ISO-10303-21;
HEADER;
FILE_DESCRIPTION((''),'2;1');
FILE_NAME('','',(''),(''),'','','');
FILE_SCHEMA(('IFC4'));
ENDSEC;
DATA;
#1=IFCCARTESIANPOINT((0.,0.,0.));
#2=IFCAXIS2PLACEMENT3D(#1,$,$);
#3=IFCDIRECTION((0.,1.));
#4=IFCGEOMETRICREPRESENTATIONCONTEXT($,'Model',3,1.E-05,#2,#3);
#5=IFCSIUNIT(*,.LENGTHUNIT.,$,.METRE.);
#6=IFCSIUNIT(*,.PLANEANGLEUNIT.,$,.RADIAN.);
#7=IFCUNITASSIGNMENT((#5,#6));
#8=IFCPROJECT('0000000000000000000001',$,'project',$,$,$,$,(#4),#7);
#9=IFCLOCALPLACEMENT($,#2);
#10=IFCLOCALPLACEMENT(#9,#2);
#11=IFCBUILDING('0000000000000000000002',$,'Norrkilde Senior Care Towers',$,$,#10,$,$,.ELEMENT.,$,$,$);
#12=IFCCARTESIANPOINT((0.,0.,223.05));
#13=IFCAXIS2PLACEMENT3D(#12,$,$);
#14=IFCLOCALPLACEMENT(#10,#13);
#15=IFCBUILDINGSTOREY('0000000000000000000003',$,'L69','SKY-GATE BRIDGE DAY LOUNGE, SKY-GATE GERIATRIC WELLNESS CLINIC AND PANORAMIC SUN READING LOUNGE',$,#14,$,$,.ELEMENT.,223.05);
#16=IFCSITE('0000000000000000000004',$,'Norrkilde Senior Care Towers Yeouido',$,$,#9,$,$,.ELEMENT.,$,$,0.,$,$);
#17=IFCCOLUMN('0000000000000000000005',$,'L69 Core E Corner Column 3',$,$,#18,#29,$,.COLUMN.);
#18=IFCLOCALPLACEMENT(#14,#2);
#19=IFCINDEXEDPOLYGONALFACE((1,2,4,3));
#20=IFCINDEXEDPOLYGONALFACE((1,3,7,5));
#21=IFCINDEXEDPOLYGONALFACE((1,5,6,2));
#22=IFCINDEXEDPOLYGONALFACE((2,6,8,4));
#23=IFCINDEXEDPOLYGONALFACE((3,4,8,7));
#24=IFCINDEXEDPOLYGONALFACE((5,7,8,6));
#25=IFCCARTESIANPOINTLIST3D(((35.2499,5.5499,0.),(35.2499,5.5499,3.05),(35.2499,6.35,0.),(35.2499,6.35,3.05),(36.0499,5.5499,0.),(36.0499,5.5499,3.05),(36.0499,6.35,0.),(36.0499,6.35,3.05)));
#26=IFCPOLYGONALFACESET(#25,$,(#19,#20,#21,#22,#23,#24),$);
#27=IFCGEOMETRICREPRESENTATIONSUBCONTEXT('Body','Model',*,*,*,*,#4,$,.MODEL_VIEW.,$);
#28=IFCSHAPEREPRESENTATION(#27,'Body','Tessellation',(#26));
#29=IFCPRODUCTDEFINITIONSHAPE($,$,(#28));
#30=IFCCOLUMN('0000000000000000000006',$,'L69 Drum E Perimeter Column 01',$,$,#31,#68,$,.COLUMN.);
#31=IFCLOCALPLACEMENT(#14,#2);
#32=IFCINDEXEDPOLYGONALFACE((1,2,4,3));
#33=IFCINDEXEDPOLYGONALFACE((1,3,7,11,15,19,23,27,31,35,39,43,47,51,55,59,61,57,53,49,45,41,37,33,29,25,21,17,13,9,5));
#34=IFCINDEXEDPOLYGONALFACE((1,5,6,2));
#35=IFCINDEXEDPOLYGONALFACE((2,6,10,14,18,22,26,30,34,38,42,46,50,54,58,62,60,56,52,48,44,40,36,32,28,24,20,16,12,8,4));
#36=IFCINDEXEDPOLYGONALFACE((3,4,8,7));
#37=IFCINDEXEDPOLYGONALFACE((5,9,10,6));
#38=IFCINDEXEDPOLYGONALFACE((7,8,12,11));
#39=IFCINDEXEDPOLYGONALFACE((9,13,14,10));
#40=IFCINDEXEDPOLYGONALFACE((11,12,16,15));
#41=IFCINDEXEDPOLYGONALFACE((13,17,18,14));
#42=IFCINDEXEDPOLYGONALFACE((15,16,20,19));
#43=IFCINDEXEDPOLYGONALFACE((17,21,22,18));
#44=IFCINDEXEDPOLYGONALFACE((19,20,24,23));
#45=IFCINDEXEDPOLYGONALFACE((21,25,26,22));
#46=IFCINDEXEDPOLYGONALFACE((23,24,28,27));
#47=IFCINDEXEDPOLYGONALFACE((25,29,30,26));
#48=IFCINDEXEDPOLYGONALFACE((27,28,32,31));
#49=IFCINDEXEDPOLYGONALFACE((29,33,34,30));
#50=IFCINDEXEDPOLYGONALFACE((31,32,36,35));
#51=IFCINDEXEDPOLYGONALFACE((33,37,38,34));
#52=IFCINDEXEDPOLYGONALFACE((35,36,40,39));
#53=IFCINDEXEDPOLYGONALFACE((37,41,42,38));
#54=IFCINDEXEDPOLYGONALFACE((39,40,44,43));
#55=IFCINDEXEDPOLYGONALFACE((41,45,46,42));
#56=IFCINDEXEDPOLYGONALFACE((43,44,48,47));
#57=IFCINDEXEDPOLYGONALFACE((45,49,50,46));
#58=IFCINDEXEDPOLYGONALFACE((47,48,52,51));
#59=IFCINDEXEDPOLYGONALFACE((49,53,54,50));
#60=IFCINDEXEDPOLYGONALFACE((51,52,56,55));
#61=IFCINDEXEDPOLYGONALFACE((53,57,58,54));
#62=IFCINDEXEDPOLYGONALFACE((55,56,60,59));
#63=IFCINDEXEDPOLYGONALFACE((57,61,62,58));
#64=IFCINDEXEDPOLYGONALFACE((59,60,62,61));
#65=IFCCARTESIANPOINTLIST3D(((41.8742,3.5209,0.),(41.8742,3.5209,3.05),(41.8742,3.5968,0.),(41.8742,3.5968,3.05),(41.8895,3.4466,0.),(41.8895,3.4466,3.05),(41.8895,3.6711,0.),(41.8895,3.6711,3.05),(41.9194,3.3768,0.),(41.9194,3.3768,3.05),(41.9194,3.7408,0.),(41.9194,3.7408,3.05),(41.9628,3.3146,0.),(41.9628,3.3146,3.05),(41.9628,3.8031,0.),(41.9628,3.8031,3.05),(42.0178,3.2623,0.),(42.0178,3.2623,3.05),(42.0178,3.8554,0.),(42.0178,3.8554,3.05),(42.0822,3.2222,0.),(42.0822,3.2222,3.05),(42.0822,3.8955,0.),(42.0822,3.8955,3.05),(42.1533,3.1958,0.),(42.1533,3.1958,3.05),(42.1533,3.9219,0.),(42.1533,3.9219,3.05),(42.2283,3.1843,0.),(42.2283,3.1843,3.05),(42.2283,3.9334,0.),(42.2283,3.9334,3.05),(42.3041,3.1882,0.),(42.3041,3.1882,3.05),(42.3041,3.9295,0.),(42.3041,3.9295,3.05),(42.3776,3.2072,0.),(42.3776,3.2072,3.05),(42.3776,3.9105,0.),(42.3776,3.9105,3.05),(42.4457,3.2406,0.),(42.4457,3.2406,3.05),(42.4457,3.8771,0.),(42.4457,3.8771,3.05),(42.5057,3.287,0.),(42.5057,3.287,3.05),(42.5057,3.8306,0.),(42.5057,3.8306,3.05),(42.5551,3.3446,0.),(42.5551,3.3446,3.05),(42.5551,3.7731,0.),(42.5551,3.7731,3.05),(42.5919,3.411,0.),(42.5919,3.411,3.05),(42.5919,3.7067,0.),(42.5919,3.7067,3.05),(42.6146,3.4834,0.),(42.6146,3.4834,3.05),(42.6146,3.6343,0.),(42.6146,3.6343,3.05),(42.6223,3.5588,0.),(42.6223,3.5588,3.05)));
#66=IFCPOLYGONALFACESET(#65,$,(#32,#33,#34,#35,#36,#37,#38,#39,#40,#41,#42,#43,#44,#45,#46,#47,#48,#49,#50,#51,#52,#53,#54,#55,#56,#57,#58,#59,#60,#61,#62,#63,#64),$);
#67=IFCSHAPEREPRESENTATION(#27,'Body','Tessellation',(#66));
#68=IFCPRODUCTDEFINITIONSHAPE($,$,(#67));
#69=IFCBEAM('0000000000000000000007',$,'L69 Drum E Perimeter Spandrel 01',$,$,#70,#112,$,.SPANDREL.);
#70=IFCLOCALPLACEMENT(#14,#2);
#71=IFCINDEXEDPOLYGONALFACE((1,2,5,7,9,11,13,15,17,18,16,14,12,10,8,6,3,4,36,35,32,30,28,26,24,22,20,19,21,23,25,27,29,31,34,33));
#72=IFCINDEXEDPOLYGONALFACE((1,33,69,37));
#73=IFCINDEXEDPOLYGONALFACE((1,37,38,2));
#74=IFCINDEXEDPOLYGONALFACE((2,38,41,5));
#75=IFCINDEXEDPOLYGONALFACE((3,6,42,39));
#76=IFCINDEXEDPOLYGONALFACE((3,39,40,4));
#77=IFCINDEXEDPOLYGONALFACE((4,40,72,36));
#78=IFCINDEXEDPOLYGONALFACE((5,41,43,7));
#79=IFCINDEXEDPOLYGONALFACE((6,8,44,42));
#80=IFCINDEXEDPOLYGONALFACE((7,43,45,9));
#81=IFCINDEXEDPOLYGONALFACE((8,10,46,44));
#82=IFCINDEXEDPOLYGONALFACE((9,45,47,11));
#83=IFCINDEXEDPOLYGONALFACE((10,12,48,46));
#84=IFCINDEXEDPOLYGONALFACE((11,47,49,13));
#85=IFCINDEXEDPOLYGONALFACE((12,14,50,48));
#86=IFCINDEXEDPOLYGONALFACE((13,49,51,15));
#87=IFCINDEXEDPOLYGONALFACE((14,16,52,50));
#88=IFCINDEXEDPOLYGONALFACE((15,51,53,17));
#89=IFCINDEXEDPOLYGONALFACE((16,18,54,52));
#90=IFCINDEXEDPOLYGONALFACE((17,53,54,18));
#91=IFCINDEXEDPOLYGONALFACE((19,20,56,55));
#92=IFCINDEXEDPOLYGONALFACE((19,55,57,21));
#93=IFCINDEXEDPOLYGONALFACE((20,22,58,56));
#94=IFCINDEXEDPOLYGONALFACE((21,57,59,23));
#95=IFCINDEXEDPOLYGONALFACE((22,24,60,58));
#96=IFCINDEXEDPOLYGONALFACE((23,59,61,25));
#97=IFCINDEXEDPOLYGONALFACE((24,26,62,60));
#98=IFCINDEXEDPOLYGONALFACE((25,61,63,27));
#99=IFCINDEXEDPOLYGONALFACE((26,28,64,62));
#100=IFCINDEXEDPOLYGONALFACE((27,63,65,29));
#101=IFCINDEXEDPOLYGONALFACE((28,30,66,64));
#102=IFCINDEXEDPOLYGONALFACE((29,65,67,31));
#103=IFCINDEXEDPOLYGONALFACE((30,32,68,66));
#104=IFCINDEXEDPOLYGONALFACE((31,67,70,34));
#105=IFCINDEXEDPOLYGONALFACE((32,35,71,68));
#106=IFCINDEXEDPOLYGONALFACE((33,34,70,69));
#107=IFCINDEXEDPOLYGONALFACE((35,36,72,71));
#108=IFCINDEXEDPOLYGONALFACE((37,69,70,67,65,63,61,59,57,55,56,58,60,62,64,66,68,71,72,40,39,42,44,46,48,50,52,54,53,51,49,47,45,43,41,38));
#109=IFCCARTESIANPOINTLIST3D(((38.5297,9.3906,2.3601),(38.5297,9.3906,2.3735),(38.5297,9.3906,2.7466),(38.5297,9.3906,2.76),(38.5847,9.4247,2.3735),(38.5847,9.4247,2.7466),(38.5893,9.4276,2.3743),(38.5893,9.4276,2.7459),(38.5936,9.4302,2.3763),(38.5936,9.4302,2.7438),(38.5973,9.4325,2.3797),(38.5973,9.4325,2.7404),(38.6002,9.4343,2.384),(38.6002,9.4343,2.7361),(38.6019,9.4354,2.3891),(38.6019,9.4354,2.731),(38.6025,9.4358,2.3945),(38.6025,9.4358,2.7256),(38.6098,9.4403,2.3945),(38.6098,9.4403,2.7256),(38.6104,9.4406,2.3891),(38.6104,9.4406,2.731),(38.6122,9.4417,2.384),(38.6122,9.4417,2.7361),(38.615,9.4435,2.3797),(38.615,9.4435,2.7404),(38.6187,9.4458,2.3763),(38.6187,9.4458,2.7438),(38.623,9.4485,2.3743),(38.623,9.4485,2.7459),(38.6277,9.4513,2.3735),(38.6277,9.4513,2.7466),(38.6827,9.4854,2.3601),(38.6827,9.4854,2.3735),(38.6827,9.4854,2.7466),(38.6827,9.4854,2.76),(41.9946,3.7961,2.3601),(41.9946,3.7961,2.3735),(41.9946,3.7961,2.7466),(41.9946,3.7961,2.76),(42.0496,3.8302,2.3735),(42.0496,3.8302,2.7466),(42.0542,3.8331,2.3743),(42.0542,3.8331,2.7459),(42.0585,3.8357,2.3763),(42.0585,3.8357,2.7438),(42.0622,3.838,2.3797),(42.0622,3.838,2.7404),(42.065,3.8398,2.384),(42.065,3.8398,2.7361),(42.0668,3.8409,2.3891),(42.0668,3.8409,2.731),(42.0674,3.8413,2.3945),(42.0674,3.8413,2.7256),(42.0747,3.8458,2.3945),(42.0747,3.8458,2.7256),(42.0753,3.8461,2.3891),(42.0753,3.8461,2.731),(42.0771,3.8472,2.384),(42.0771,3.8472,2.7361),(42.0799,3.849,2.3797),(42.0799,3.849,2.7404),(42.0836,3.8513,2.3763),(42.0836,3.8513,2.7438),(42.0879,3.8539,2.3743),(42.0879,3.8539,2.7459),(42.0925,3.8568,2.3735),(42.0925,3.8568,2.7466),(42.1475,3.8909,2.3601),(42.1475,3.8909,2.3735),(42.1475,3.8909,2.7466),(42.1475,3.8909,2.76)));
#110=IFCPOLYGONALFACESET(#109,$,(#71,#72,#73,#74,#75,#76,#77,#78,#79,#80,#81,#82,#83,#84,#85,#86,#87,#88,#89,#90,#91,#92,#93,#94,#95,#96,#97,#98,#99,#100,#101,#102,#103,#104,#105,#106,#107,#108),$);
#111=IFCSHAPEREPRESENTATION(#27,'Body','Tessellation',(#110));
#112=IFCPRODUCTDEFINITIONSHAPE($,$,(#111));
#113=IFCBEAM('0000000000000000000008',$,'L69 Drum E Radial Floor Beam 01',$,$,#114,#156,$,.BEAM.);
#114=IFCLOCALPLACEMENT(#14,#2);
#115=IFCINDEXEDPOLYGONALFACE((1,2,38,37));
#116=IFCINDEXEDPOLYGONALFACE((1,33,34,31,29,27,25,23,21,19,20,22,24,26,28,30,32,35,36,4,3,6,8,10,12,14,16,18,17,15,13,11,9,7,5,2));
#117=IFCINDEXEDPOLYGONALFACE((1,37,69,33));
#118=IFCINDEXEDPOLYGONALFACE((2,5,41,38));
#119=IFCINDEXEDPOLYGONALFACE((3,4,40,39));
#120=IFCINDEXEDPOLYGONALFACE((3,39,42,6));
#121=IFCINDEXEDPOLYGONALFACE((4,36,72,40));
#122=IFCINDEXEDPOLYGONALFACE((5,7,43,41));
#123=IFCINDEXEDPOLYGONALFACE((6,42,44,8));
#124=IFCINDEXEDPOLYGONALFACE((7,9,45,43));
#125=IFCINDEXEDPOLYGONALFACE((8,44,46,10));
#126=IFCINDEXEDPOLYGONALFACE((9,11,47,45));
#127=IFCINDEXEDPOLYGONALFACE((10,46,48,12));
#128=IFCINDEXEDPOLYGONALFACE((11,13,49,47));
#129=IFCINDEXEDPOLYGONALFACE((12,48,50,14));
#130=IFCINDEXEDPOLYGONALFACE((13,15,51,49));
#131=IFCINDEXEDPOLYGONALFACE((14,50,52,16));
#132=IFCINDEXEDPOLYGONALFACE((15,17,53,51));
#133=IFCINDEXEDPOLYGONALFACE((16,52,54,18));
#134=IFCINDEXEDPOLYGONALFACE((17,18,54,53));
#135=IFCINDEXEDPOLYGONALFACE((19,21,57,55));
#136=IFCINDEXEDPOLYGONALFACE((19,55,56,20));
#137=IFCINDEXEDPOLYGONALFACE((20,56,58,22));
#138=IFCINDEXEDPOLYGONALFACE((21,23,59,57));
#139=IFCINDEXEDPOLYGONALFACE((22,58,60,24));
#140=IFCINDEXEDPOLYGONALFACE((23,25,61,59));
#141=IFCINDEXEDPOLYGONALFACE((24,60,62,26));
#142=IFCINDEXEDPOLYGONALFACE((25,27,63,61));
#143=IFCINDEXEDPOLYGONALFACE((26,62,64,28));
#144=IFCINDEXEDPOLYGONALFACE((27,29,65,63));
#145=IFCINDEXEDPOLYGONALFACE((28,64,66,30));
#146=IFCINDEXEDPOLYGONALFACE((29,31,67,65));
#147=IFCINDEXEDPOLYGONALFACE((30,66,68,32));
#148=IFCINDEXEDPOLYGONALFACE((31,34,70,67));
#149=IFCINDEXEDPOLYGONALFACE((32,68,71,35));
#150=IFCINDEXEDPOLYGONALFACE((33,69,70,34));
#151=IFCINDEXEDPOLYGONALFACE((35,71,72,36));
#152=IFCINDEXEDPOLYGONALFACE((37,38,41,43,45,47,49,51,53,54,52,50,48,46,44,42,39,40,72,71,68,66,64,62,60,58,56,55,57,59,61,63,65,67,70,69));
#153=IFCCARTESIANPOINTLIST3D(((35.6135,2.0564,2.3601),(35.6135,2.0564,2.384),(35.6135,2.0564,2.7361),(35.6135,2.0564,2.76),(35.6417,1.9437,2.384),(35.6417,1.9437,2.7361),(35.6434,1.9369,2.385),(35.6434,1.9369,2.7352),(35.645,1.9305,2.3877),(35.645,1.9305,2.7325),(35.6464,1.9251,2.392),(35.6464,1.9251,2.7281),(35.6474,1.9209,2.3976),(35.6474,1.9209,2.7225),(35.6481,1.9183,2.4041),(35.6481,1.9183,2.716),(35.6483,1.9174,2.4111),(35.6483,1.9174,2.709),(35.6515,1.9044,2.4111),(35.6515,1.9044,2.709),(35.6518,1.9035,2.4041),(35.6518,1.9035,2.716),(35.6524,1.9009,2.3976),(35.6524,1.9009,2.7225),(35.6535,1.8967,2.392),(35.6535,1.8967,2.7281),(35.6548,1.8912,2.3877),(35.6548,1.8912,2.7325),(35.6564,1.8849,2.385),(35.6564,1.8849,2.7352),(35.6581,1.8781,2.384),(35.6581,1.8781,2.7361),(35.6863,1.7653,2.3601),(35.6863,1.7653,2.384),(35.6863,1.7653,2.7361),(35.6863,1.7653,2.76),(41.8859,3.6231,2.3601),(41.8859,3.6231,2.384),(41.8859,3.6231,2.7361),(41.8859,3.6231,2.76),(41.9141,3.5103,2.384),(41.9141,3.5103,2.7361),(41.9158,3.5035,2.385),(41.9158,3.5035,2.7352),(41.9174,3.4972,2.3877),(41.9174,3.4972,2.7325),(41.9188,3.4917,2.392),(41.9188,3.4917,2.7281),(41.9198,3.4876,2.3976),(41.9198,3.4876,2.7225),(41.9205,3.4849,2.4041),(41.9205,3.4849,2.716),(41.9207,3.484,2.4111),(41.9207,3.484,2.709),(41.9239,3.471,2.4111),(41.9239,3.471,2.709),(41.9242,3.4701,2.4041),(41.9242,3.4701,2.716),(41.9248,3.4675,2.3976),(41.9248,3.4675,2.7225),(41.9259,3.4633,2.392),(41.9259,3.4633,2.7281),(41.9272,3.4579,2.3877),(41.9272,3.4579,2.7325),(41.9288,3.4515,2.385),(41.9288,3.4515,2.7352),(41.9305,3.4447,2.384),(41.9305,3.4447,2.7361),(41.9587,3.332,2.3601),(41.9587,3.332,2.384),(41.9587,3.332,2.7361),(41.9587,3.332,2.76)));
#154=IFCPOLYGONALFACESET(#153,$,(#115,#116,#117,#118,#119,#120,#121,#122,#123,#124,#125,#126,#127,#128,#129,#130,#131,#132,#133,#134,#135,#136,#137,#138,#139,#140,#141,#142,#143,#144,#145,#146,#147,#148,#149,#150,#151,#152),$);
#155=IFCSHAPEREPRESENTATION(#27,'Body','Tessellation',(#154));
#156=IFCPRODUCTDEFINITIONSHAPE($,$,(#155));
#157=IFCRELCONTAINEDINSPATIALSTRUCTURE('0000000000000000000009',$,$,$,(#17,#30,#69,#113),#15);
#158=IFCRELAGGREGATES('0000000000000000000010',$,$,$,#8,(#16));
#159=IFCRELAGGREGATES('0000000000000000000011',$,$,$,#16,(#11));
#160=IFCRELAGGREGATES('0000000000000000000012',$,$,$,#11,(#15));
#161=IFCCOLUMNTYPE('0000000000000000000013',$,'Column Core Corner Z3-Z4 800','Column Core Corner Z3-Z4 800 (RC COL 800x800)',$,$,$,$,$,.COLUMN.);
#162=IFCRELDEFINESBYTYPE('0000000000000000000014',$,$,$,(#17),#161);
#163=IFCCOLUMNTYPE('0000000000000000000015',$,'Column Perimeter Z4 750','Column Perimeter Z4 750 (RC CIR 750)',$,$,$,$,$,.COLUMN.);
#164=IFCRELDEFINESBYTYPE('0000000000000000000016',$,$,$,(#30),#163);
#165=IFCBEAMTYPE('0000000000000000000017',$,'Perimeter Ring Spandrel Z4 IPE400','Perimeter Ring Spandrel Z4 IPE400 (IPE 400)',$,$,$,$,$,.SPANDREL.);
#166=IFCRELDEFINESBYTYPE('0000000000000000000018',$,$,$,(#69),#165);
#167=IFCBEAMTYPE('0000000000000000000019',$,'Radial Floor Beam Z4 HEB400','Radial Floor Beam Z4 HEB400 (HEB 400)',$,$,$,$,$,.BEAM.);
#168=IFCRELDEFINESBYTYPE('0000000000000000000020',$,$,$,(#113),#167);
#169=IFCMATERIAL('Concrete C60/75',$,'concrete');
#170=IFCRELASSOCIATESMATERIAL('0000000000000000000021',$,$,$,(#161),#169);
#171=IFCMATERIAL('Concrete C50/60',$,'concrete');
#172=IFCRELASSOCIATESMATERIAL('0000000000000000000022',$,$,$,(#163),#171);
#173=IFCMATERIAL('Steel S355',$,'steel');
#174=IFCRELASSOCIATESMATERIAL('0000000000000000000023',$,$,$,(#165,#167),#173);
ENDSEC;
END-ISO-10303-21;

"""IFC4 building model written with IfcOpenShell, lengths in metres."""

from ifc_helpers import new_model, si_unit, direction, frame, origin, origin_2d, place, context, subcontext, project, spatial, rectangle, circle, i_section, extrude, source, transform, mapped, material, material_profile, profile_set, type_object, type_shapes, element, save


model = new_model("IFC4")

# Units and contexts
model_context = context("Model", 3, precision=1e-05, world=origin(), true_north=direction((0.0, 1.0)))
body_context = subcontext(model_context, "Body", "Model", "MODEL_VIEW")
ifc_project = project(units=[si_unit("LENGTHUNIT", "METRE"), si_unit("PLANEANGLEUNIT", "RADIAN")], contexts=[model_context])

# Site, building, storey
site_placement = place(None, origin())
site = spatial("IfcSite", under=ifc_project, at=site_placement, Name="Norrkilde Senior Care Towers Yeouido", CompositionType="ELEMENT", RefElevation=0.0)
building_placement = place(site_placement, origin())
building = spatial("IfcBuilding", under=site, at=building_placement, Name="Norrkilde Senior Care Towers", CompositionType="ELEMENT")
storey_placement = place(building_placement, frame((0.0, 0.0, 223.05)))
storey = spatial("IfcBuildingStorey", under=building, at=storey_placement, Name="L69", Description="SKY-GATE BRIDGE DAY LOUNGE, SKY-GATE GERIATRIC WELLNESS CLINIC AND PANORAMIC SUN READING LOUNGE", CompositionType="ELEMENT", Elevation=223.05)

# Columns
ifc_material_1 = material(Name="Concrete C60/75", Category="concrete")
ifc_material_profile_1 = material_profile(ifc_material_1, rectangle(XDim=0.8, YDim=0.8, at=origin_2d()), Name="RC COL 800x800")
ifc_profile_set_1 = profile_set([ifc_material_profile_1], Name="Concrete C60/75")
column_type_1 = type_object("IfcColumnType", Name="Column Core Corner Z3-Z4 800", Description="Column Core Corner Z3-Z4 800 (RC COL 800x800)", PredefinedType="COLUMN", material=ifc_profile_set_1)
shared_shape_1 = source(origin(), body_context, "Body", "SweptSolid", [
    extrude(rectangle(XDim=0.8, YDim=0.8, at=origin_2d()), origin(), (0.0, 0.0, 1.0), 3.05),
])
type_shapes(column_type_1, [shared_shape_1])
column_1_placement = place(storey_placement, frame((35.6499, 5.95, 0.0), z_axis=(0.0, 0.0, 1.0), x_axis=(1.0, 0.0, 0.0)))
element("IfcColumn", 1, at=column_1_placement, inside=storey, type_object=column_type_1, Name="L69 Core E Corner Column 3", PredefinedType="COLUMN", context=body_context, shape_type="MappedRepresentation", body=[
    mapped(shared_shape_1, transform((0.0, 0.0, 0.0), x_axis=(1.0, 0.0, 0.0), y_axis=(0.0, 1.0, 0.0), z_axis=(0.0, 0.0, 1.0), scale=1.0)),
])
ifc_material_2 = material(Name="Concrete C50/60", Category="concrete")
ifc_material_profile_2 = material_profile(ifc_material_2, circle(Radius=0.375, at=origin_2d()), Name="RC CIR 750")
ifc_profile_set_2 = profile_set([ifc_material_profile_2], Name="Concrete C50/60")
column_type_2 = type_object("IfcColumnType", Name="Column Perimeter Z4 750", Description="Column Perimeter Z4 750 (RC CIR 750)", PredefinedType="COLUMN", material=ifc_profile_set_2)
shared_shape_2 = source(origin(), body_context, "Body", "SweptSolid", [
    extrude(circle(Radius=0.375, at=origin_2d()), origin(), (0.0, 0.0, 1.0), 3.05),
])
type_shapes(column_type_2, [shared_shape_2])
column_2_placement = place(storey_placement, frame((42.2473, 3.5588, 0.0), z_axis=(0.0, 0.0, 1.0), x_axis=(1.0, 0.0, 0.0)))
element("IfcColumn", 2, at=column_2_placement, inside=storey, type_object=column_type_2, Name="L69 Drum E Perimeter Column 01", PredefinedType="COLUMN", context=body_context, shape_type="MappedRepresentation", body=[
    mapped(shared_shape_2, transform((0.0, 0.0, 0.0), x_axis=(1.0, 0.0, 0.0), y_axis=(0.0, 1.0, 0.0), z_axis=(0.0, 0.0, 1.0), scale=1.0)),
])

# Beams
ifc_material_3 = material(Name="Steel S355", Category="steel")
ifc_material_profile_3 = material_profile(ifc_material_3, i_section(OverallWidth=0.1799, OverallDepth=0.3999, WebThickness=0.0085, FlangeThickness=0.0134, FilletRadius=0.021, at=origin_2d()), Name="IPE 400")
ifc_profile_set_3 = profile_set([ifc_material_profile_3], Name="Steel S355")
beam_type_1 = type_object("IfcBeamType", Name="Perimeter Ring Spandrel Z4 IPE400", Description="Perimeter Ring Spandrel Z4 IPE400 (IPE 400)", PredefinedType="SPANDREL", material=ifc_profile_set_3)
shared_shape_3 = source(origin(), body_context, "Body", "SweptSolid", [
    extrude(i_section(OverallWidth=0.1799, OverallDepth=0.3999, WebThickness=0.0085, FlangeThickness=0.0134, FilletRadius=0.021, at=origin_2d()), origin(), (0.0, 0.0, 1.0), 6.5806),
])
type_shapes(beam_type_1, [shared_shape_3])
beam_1_placement = place(storey_placement, frame((42.071, 3.8435, 2.5601), z_axis=(-0.52653, 0.850157, 0.0), x_axis=(-0.850157, -0.52653, 0.0)))
element("IfcBeam", 3, at=beam_1_placement, inside=storey, type_object=beam_type_1, Name="L69 Drum E Perimeter Spandrel 01", PredefinedType="SPANDREL", context=body_context, shape_type="MappedRepresentation", body=[
    mapped(shared_shape_3, transform((0.0, 0.0, 0.0), x_axis=(1.0, 0.0, 0.0), y_axis=(0.0, 1.0, 0.0), z_axis=(0.0, 0.0, 1.0), scale=1.0)),
])
ifc_material_profile_4 = material_profile(ifc_material_3, i_section(OverallWidth=0.3, OverallDepth=0.3999, WebThickness=0.0134, FlangeThickness=0.0239, FilletRadius=0.0271, at=origin_2d()), Name="HEB 400")
ifc_profile_set_4 = profile_set([ifc_material_profile_4], Name="Steel S355")
beam_type_2 = type_object("IfcBeamType", Name="Radial Floor Beam Z4 HEB400", Description="Radial Floor Beam Z4 HEB400 (HEB 400)", PredefinedType="BEAM", material=ifc_profile_set_4)
shared_shape_4 = source(origin(), body_context, "Body", "SweptSolid", [
    extrude(i_section(OverallWidth=0.3, OverallDepth=0.3999, WebThickness=0.0134, FlangeThickness=0.0239, FilletRadius=0.0271, at=origin_2d()), origin(), (0.0, 0.0, 1.0), 6.4651),
])
beam_2_placement = place(storey_placement, frame((35.6499, 1.9109, 2.5601), z_axis=(0.970196, 0.242322, 0.0), x_axis=(-0.242322, 0.970196, 0.0)))
element("IfcBeam", 4, at=beam_2_placement, inside=storey, type_object=beam_type_2, Name="L69 Drum E Radial Floor Beam 01", PredefinedType="BEAM", context=body_context, shape_type="MappedRepresentation", body=[
    mapped(shared_shape_4, transform((0.0, 0.0, 0.0), x_axis=(1.0, 0.0, 0.0), y_axis=(0.0, 1.0, 0.0), z_axis=(0.0, 0.0, 1.0), scale=1.0)),
])

save(model, "model.ifc")
